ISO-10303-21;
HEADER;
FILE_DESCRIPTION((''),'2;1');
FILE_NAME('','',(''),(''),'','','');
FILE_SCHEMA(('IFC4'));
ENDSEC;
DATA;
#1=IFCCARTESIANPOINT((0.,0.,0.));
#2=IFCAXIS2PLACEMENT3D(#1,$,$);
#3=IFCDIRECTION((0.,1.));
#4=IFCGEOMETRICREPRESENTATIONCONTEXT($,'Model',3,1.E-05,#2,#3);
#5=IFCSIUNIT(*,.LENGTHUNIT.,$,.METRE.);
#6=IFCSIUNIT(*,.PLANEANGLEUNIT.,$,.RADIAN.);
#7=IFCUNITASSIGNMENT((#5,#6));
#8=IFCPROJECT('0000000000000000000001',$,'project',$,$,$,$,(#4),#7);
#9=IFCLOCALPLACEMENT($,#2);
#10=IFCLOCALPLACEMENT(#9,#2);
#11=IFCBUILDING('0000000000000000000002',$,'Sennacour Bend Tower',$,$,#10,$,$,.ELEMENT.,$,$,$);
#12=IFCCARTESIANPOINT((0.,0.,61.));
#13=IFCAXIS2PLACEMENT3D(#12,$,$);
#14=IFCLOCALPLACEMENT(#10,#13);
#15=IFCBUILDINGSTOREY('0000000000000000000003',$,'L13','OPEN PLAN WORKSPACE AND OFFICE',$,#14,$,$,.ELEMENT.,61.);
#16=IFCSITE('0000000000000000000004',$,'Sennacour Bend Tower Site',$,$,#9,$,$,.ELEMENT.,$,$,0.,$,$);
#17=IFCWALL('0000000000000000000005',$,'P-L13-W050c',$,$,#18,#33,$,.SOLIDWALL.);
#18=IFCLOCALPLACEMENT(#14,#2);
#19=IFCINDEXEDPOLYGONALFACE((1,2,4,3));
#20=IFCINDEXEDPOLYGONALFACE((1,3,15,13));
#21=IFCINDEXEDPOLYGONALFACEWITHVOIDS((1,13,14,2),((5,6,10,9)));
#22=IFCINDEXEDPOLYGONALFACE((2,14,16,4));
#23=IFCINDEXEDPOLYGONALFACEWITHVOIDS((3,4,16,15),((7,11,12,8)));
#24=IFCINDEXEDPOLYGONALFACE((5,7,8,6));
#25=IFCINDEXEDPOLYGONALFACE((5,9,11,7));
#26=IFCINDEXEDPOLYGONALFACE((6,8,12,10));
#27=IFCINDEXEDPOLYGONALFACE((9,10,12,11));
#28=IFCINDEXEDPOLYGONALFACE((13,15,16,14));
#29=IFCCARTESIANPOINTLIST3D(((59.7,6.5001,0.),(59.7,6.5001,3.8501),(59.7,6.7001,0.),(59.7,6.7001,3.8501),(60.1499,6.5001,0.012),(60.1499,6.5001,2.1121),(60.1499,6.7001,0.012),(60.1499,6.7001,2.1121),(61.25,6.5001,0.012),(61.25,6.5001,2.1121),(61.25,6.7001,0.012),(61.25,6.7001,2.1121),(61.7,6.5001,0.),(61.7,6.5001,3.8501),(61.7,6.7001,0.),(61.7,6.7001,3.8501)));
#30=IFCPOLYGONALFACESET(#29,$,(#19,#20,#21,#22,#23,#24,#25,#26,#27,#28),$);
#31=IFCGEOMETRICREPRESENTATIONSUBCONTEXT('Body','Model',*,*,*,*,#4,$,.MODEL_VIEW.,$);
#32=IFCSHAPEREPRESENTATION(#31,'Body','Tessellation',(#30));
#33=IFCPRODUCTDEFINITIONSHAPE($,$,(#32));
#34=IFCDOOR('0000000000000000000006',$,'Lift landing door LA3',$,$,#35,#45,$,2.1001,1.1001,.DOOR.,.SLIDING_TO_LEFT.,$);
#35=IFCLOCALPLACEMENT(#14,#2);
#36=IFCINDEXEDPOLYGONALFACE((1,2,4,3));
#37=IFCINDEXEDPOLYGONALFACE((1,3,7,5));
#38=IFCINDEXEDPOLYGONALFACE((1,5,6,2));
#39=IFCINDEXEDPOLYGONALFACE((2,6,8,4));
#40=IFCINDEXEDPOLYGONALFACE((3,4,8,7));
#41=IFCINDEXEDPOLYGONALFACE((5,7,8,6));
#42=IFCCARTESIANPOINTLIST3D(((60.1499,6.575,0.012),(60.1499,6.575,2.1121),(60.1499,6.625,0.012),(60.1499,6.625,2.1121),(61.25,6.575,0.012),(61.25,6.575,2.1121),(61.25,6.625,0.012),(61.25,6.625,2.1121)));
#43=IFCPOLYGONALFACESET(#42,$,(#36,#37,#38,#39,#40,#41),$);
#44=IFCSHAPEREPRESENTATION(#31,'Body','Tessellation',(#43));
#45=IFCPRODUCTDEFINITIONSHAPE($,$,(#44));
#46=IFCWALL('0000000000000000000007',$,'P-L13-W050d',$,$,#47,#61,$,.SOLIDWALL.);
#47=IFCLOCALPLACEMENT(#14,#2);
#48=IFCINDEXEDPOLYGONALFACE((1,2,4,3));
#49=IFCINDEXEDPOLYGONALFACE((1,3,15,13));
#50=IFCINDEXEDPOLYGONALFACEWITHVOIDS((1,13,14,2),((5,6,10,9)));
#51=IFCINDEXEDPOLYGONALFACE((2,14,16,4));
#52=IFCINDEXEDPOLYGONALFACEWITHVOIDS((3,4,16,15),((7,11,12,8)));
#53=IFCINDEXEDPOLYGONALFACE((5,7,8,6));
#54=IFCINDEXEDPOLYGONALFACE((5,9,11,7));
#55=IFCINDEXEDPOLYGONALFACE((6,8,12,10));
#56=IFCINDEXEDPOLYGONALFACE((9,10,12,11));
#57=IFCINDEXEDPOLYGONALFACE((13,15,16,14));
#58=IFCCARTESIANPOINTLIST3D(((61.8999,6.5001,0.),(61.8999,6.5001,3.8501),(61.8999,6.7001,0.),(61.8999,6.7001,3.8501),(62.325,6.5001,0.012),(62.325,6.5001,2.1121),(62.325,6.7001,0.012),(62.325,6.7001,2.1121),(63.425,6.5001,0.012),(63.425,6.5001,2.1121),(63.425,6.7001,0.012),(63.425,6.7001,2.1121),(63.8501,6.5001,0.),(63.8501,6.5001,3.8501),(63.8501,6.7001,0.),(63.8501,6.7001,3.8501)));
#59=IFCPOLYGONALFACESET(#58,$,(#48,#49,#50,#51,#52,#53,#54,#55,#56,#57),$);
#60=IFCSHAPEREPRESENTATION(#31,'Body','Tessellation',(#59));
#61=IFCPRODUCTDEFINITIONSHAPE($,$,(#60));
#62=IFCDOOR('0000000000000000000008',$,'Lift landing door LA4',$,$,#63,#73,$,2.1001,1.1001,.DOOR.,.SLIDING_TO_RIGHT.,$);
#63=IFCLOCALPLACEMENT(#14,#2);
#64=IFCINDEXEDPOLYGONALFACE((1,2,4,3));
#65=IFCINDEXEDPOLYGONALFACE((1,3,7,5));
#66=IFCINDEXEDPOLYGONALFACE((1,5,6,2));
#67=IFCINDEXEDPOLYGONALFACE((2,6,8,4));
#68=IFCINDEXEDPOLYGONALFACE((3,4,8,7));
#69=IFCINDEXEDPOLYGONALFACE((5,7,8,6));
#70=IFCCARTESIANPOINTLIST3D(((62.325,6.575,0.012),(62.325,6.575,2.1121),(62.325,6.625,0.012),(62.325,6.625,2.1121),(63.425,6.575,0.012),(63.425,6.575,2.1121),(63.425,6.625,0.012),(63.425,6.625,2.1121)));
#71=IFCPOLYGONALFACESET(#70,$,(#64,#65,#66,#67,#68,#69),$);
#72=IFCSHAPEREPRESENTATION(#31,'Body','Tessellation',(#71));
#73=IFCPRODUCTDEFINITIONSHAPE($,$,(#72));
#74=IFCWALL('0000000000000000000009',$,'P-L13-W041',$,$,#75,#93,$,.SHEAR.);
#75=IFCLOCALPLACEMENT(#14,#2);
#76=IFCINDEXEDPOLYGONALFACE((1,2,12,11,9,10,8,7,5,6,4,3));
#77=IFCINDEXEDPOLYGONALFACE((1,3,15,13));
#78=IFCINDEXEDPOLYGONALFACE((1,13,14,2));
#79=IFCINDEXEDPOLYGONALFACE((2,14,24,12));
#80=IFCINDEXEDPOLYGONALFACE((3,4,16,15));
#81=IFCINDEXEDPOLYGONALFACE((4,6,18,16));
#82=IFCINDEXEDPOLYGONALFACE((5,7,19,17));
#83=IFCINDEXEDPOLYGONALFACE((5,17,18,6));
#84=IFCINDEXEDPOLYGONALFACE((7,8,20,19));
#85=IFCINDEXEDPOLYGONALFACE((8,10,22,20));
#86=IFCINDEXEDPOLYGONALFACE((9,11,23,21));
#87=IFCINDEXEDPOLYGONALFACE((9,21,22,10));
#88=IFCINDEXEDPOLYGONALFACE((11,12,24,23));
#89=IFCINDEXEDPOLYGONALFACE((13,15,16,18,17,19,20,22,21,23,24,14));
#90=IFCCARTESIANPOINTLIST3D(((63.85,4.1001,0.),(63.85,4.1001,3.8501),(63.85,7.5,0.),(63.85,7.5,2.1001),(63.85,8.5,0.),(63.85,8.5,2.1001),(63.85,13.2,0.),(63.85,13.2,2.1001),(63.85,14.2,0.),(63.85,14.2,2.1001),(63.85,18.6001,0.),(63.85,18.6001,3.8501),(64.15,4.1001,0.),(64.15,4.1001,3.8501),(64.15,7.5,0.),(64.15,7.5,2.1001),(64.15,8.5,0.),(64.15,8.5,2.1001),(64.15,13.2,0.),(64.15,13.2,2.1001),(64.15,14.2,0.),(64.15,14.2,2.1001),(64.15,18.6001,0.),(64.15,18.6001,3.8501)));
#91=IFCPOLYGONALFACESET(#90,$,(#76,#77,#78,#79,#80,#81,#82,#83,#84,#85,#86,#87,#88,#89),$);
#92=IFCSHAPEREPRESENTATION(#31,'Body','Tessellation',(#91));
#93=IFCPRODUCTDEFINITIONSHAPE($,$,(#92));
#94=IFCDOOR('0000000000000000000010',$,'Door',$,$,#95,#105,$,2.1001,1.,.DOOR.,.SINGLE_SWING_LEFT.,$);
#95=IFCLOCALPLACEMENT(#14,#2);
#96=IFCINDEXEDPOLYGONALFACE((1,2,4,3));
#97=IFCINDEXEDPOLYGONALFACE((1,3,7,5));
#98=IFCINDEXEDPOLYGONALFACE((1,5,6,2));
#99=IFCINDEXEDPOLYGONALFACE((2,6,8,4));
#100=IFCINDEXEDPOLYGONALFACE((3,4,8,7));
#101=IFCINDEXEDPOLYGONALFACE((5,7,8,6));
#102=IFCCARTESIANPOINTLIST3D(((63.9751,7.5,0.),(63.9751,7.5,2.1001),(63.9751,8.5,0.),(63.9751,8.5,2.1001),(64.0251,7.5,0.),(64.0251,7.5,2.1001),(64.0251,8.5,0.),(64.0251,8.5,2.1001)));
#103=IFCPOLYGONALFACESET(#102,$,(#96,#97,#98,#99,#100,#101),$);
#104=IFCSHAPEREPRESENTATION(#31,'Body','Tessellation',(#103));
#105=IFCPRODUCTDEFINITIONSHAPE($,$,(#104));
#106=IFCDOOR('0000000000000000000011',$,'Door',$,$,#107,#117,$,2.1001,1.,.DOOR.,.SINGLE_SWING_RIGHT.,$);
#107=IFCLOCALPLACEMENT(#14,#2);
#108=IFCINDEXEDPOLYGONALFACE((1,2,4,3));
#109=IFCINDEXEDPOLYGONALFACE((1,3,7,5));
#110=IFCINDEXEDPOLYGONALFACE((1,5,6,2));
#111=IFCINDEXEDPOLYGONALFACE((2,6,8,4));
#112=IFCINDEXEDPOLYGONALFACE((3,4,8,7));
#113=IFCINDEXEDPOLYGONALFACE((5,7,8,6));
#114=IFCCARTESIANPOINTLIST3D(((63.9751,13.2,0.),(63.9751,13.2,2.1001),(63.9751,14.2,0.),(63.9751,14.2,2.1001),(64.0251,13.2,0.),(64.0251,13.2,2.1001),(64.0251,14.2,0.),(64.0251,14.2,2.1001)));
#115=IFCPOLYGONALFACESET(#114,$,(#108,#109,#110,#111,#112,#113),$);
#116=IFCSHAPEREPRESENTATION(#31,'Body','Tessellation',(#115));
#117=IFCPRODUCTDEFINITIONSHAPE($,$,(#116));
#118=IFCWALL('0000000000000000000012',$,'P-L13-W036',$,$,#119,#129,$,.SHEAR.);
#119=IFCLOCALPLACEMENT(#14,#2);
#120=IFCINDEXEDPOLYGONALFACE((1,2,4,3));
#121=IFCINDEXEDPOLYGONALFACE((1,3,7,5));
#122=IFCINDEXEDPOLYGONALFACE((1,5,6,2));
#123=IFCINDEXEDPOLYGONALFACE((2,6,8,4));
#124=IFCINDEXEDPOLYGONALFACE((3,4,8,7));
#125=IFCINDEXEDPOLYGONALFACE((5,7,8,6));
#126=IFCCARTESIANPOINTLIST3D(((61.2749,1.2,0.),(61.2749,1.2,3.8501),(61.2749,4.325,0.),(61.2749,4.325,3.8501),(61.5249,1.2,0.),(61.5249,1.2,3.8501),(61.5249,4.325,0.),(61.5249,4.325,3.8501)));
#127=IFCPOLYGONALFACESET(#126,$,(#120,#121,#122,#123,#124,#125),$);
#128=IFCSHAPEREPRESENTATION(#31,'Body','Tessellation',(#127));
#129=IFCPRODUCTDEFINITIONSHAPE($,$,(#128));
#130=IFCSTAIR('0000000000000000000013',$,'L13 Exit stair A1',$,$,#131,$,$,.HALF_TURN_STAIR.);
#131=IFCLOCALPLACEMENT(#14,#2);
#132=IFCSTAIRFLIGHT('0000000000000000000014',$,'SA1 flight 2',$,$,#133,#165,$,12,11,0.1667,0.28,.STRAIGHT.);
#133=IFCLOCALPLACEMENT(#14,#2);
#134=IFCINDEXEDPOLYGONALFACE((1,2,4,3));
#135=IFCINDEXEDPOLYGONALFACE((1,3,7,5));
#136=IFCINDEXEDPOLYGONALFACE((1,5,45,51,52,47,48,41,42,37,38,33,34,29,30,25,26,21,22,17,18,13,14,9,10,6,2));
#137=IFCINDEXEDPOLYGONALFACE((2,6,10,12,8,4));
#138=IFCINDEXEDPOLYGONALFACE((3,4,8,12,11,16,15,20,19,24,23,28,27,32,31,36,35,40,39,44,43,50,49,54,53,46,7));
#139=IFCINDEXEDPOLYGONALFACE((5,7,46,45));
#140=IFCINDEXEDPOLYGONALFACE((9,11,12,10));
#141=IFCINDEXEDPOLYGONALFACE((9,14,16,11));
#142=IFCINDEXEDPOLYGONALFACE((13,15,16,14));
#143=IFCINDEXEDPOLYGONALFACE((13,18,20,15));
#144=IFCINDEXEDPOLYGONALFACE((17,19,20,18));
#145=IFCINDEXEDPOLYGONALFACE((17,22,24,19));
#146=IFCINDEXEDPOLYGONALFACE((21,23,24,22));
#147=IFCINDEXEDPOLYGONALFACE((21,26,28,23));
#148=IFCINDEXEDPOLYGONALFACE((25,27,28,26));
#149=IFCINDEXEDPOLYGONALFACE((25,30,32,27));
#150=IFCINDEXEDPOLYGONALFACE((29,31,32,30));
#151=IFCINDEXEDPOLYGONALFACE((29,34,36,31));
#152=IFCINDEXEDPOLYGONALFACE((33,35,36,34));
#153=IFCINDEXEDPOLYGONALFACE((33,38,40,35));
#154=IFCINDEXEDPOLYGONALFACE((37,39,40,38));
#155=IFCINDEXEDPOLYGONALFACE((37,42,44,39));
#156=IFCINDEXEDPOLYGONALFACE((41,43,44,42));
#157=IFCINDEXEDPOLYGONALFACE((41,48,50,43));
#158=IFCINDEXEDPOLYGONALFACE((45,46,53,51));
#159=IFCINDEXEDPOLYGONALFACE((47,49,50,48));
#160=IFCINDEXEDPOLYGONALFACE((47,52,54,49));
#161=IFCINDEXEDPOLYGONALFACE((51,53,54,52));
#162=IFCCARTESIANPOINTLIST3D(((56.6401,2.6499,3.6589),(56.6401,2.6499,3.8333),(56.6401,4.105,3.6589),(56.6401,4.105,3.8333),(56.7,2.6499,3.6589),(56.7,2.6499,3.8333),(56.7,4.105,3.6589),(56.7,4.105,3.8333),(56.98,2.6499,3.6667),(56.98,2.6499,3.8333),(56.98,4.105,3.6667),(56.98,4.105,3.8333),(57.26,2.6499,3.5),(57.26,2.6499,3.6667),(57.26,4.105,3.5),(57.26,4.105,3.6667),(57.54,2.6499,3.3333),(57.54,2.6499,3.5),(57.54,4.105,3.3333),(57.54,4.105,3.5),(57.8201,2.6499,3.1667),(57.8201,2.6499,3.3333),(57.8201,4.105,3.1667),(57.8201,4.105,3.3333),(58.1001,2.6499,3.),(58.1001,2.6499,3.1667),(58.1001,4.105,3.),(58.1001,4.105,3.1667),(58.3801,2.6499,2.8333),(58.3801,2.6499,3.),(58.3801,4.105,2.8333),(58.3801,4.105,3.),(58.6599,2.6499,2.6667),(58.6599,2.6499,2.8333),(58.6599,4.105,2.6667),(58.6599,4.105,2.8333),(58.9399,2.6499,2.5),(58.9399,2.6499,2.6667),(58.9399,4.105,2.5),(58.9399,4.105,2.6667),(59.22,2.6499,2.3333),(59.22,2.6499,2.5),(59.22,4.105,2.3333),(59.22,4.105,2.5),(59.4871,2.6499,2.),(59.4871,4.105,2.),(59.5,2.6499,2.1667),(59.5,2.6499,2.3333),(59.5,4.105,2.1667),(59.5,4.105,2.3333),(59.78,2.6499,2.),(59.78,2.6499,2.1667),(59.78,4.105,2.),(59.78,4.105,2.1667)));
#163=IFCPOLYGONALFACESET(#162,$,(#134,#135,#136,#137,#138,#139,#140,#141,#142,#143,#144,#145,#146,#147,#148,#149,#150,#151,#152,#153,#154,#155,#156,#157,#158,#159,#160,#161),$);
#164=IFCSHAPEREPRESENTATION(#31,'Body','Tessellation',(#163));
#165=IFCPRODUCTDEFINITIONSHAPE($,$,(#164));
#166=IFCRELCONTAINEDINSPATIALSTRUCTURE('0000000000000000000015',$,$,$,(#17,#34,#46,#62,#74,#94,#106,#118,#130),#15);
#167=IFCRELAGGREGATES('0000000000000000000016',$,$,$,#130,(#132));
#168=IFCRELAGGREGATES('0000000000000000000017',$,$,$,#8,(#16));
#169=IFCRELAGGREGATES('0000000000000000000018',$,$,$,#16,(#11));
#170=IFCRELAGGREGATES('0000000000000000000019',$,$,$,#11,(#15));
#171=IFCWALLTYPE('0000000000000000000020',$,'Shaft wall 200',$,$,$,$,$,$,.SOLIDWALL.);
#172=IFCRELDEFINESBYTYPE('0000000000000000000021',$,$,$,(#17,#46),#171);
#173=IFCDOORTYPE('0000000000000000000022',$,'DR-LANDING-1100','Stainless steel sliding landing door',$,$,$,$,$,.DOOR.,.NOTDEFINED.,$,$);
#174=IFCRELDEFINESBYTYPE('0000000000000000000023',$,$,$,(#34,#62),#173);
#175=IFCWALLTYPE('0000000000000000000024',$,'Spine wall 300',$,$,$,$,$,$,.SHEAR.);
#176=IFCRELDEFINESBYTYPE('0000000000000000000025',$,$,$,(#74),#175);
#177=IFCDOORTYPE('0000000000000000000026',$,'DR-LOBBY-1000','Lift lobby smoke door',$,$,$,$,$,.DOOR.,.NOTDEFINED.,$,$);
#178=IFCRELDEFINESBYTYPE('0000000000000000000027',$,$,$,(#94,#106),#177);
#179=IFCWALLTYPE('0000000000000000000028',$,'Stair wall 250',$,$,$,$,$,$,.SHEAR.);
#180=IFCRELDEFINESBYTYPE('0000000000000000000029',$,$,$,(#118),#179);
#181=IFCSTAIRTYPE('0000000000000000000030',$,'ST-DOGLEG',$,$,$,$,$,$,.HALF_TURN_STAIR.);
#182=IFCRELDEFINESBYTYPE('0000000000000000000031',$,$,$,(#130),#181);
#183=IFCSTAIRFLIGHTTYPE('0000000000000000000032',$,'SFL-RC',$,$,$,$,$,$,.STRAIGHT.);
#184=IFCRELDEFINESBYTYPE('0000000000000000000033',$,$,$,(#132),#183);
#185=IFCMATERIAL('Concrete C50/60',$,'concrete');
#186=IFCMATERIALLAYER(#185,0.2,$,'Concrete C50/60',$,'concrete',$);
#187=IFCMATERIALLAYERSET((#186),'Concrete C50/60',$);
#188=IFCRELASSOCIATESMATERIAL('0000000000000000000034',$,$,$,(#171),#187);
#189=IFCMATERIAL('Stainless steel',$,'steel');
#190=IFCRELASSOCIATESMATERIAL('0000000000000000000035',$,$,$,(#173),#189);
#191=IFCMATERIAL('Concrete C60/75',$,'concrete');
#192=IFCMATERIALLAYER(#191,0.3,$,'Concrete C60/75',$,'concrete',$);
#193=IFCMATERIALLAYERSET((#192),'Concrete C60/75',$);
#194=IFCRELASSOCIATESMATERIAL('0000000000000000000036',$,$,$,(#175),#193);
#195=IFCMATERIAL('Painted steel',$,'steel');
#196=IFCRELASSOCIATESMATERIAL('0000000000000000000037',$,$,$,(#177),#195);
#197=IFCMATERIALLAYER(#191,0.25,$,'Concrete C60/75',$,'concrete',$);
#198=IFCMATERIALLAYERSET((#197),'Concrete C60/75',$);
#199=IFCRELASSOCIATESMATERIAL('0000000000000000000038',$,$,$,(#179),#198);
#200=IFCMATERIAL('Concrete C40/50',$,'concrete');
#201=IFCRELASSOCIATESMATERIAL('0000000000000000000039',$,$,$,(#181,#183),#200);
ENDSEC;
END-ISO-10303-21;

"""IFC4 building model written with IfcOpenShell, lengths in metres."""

from ifc_helpers import new_model, si_unit, direction, frame, frame_2d, origin, place, context, subcontext, project, spatial, polyline, rectangle, outline, extrude, material, layer, layer_set, type_object, element, fill, aggregate, save


model = new_model("IFC4")

# Units and contexts
model_context = context("Model", 3, precision=1e-05, world=origin(), true_north=direction((0.0, 1.0)))
body_context = subcontext(model_context, "Body", "Model", "MODEL_VIEW")
ifc_project = project(units=[si_unit("LENGTHUNIT", "METRE"), si_unit("PLANEANGLEUNIT", "RADIAN")], contexts=[model_context])

# Site, building, storey
site_placement = place(None, origin())
site = spatial("IfcSite", under=ifc_project, at=site_placement, Name="Sennacour Bend Tower Site", CompositionType="ELEMENT", RefElevation=0.0)
building_placement = place(site_placement, origin())
building = spatial("IfcBuilding", under=site, at=building_placement, Name="Sennacour Bend Tower", CompositionType="ELEMENT")
storey_placement = place(building_placement, frame((0.0, 0.0, 61.0)))
storey = spatial("IfcBuildingStorey", under=building, at=storey_placement, Name="L13", Description="OPEN PLAN WORKSPACE AND OFFICE", CompositionType="ELEMENT", Elevation=61.0)

# Shared definitions
ifc_material_1 = material(Name="Painted steel", Category="steel")

# Shared definitions
ifc_material_2 = material(Name="Concrete C50/60", Category="concrete")
ifc_layer_1 = layer(ifc_material_2, 0.2, Name="Concrete C50/60", Category="concrete")
ifc_layer_set_1 = layer_set([ifc_layer_1], Name="Concrete C50/60")
wall_type_1 = type_object("IfcWallType", Name="Shaft wall 200", PredefinedType="SOLIDWALL", material=ifc_layer_set_1)

# Walls, openings, doors
ifc_material_3 = material(Name="Stainless steel", Category="steel")
door_type_1 = type_object("IfcDoorType", Name="DR-LANDING-1100", Description="Stainless steel sliding landing door", OperationType="NOTDEFINED", PredefinedType="DOOR", material=ifc_material_3)
wall_1_placement = place(storey_placement, frame((59.7, 6.6001, 0.0), z_axis=(0.0, 0.0, 1.0), x_axis=(1.0, 0.0, 0.0)))
wall_1 = element("IfcWall", 1, at=wall_1_placement, inside=storey, type_object=wall_type_1, Name="P-L13-W050c", PredefinedType="SOLIDWALL", context=body_context, shape_type="SweptSolid", body=[
    extrude(rectangle(XDim=2.0, YDim=0.2, at=frame_2d((1.0, 0.0))), origin(), (0.0, 0.0, 1.0), 3.8501),
])
opening_1_placement = place(wall_1_placement, frame((0.45, 0.0, 0.012)))
opening_1 = element("IfcOpeningElement", 2, at=opening_1_placement, cuts=wall_1, PredefinedType="OPENING", context=body_context, shape_type="SweptSolid", body=[
    extrude(rectangle(XDim=1.1001, YDim=2.1001, at=frame_2d((0.55, 1.05))), frame((0.0, 0.1099, 0.0), z_axis=(0.0, -1.0, 0.0), x_axis=(1.0, 0.0, 0.0)), (0.0, 0.0, 1.0), 0.22),
])
door_1_placement = place(opening_1_placement, origin())
door_1 = element("IfcDoor", 3, at=door_1_placement, inside=storey, type_object=door_type_1, Name="Lift landing door LA3", OperationType="SLIDING_TO_LEFT", OverallHeight=2.1001, OverallWidth=1.1001, PredefinedType="DOOR", context=body_context, shape_type="SweptSolid", body=[
    extrude(rectangle(XDim=1.1001, YDim=2.1001, at=frame_2d((0.55, 1.05))), frame((0.0, 0.0249, 0.0), z_axis=(0.0, -1.0, 0.0), x_axis=(1.0, 0.0, 0.0)), (0.0, 0.0, 1.0), 0.05),
])
fill(opening_1, door_1)
wall_2_placement = place(storey_placement, frame((61.8999, 6.6001, 0.0), z_axis=(0.0, 0.0, 1.0), x_axis=(1.0, 0.0, 0.0)))
wall_2 = element("IfcWall", 4, at=wall_2_placement, inside=storey, type_object=wall_type_1, Name="P-L13-W050d", PredefinedType="SOLIDWALL", context=body_context, shape_type="SweptSolid", body=[
    extrude(rectangle(XDim=1.9502, YDim=0.2, at=frame_2d((0.9751, 0.0))), origin(), (0.0, 0.0, 1.0), 3.8501),
])
opening_2_placement = place(wall_2_placement, frame((0.425, 0.0, 0.012)))
opening_2 = element("IfcOpeningElement", 5, at=opening_2_placement, cuts=wall_2, PredefinedType="OPENING", context=body_context, shape_type="SweptSolid", body=[
    extrude(rectangle(XDim=1.1001, YDim=2.1001, at=frame_2d((0.55, 1.05))), frame((0.0, 0.1099, 0.0), z_axis=(0.0, -1.0, 0.0), x_axis=(1.0, 0.0, 0.0)), (0.0, 0.0, 1.0), 0.22),
])
door_2_placement = place(opening_2_placement, origin())
door_2 = element("IfcDoor", 6, at=door_2_placement, inside=storey, type_object=door_type_1, Name="Lift landing door LA4", OperationType="SLIDING_TO_RIGHT", OverallHeight=2.1001, OverallWidth=1.1001, PredefinedType="DOOR", context=body_context, shape_type="SweptSolid", body=[
    extrude(rectangle(XDim=1.1001, YDim=2.1001, at=frame_2d((0.55, 1.05))), frame((0.0, 0.0249, 0.0), z_axis=(0.0, -1.0, 0.0), x_axis=(1.0, 0.0, 0.0)), (0.0, 0.0, 1.0), 0.05),
])
fill(opening_2, door_2)

# Wall, openings, doors
ifc_material_4 = material(Name="Concrete C60/75", Category="concrete")
ifc_layer_2 = layer(ifc_material_4, 0.3, Name="Concrete C60/75", Category="concrete")
ifc_layer_set_2 = layer_set([ifc_layer_2], Name="Concrete C60/75")
wall_type_2 = type_object("IfcWallType", Name="Spine wall 300", PredefinedType="SHEAR", material=ifc_layer_set_2)
wall_3_placement = place(storey_placement, frame((64.0, 4.1001, 0.0), z_axis=(0.0, 0.0, 1.0), x_axis=(0.0, 1.0, 0.0)))
wall_3 = element("IfcWall", 7, at=wall_3_placement, inside=storey, type_object=wall_type_2, Name="P-L13-W041", PredefinedType="SHEAR", context=body_context, shape_type="SweptSolid", body=[
    extrude(rectangle(XDim=14.5, YDim=0.3, at=frame_2d((7.25, 0.0))), origin(), (0.0, 0.0, 1.0), 3.8501),
])
opening_3_placement = place(wall_3_placement, frame((3.3999, 0.0, 0.0)))
opening_3 = element("IfcOpeningElement", 8, at=opening_3_placement, cuts=wall_3, PredefinedType="OPENING", context=body_context, shape_type="SweptSolid", body=[
    extrude(rectangle(XDim=1.0, YDim=2.1001, at=frame_2d((0.5, 1.05))), frame((0.0, 0.1602, 0.0), z_axis=(0.0, -1.0, 0.0), x_axis=(1.0, 0.0, 0.0)), (0.0, 0.0, 1.0), 0.3201),
])
opening_4_placement = place(wall_3_placement, frame((9.0999, 0.0, 0.0)))
opening_4 = element("IfcOpeningElement", 9, at=opening_4_placement, cuts=wall_3, PredefinedType="OPENING", context=body_context, shape_type="SweptSolid", body=[
    extrude(rectangle(XDim=1.0, YDim=2.1001, at=frame_2d((0.5, 1.05))), frame((0.0, 0.1602, 0.0), z_axis=(0.0, -1.0, 0.0), x_axis=(1.0, 0.0, 0.0)), (0.0, 0.0, 1.0), 0.3201),
])
door_type_2 = type_object("IfcDoorType", Name="DR-LOBBY-1000", Description="Lift lobby smoke door", OperationType="NOTDEFINED", PredefinedType="DOOR", material=ifc_material_1)
door_3_placement = place(opening_3_placement, origin())
door_3 = element("IfcDoor", 10, at=door_3_placement, inside=storey, type_object=door_type_2, Name="Door", OperationType="SINGLE_SWING_LEFT", OverallHeight=2.1001, OverallWidth=1.0, PredefinedType="DOOR", context=body_context, shape_type="SweptSolid", body=[
    extrude(rectangle(XDim=1.0, YDim=2.1001, at=frame_2d((0.5, 1.05))), frame((0.0, 0.0249, 0.0), z_axis=(0.0, -1.0, 0.0), x_axis=(1.0, 0.0, 0.0)), (0.0, 0.0, 1.0), 0.05),
])
fill(opening_3, door_3)
door_4_placement = place(opening_4_placement, origin())
door_4 = element("IfcDoor", 11, at=door_4_placement, inside=storey, type_object=door_type_2, Name="Door", OperationType="SINGLE_SWING_RIGHT", OverallHeight=2.1001, OverallWidth=1.0, PredefinedType="DOOR", context=body_context, shape_type="SweptSolid", body=[
    extrude(rectangle(XDim=1.0, YDim=2.1001, at=frame_2d((0.5, 1.05))), frame((0.0, 0.0249, 0.0), z_axis=(0.0, -1.0, 0.0), x_axis=(1.0, 0.0, 0.0)), (0.0, 0.0, 1.0), 0.05),
])
fill(opening_4, door_4)

# Wall
ifc_layer_3 = layer(ifc_material_4, 0.25, Name="Concrete C60/75", Category="concrete")
ifc_layer_set_3 = layer_set([ifc_layer_3], Name="Concrete C60/75")
wall_type_3 = type_object("IfcWallType", Name="Stair wall 250", PredefinedType="SHEAR", material=ifc_layer_set_3)
wall_4_placement = place(storey_placement, frame((61.3999, 1.2, 0.0), z_axis=(0.0, 0.0, 1.0), x_axis=(0.0, 1.0, 0.0)))
element("IfcWall", 12, at=wall_4_placement, inside=storey, type_object=wall_type_3, Name="P-L13-W036", PredefinedType="SHEAR", context=body_context, shape_type="SweptSolid", body=[
    extrude(rectangle(XDim=3.125, YDim=0.25, at=frame_2d((1.5625, 0.0))), origin(), (0.0, 0.0, 1.0), 3.8501),
])

# Stair, stair flight
ifc_material_5 = material(Name="Concrete C40/50", Category="concrete")
stair_type = type_object("IfcStairType", Name="ST-DOGLEG", PredefinedType="HALF_TURN_STAIR", material=ifc_material_5)
stair_placement = place(storey_placement, origin())
stair = element("IfcStair", 13, at=stair_placement, inside=storey, type_object=stair_type, Name="L13 Exit stair A1", PredefinedType="HALF_TURN_STAIR")
stair_flight_type = type_object("IfcStairFlightType", Name="SFL-RC", PredefinedType="STRAIGHT", material=ifc_material_5)
stair_flight_placement = place(storey_placement, frame((59.78, 3.3774, 2.0), z_axis=(0.0, 0.0, 1.0), x_axis=(-1.0, 0.0, 0.0)))
stair_flight = element("IfcStairFlight", 14, at=stair_flight_placement, type_object=stair_flight_type, Name="SA1 flight 2", NumberOfRisers=12, NumberOfTreads=11, PredefinedType="STRAIGHT", RiserHeight=0.1667, TreadLength=0.28, context=body_context, shape_type="SweptSolid", body=[
    extrude(outline(polyline([(0.0, 0.0), (0.0, 0.1667), (0.28, 0.1667), (0.28, 0.3333), (0.5601, 0.3333), (0.5601, 0.5), (0.8401, 0.5), (0.8401, 0.6667), (1.1201, 0.6667), (1.1201, 0.8333), (1.3999, 0.8333), (1.3999, 1.0), (1.6799, 1.0), (1.6799, 1.1667), (1.96, 1.1667), (1.96, 1.3333), (2.24, 1.3333), (2.24, 1.5), (2.52, 1.5), (2.52, 1.6667), (2.8, 1.6667), (2.8, 1.8333), (3.0801, 1.8333), (3.1399, 1.8333), (3.1399, 1.6589), (3.0801, 1.6589), (0.293, 0.0), (0.0, 0.0)])), frame((0.0, 0.7275, 0.0), z_axis=(0.0, -1.0, 0.0), x_axis=(1.0, 0.0, 0.0)), (0.0, 0.0, 1.0), 1.4551),
])
aggregate(stair, [stair_flight])

save(model, "model.ifc")
